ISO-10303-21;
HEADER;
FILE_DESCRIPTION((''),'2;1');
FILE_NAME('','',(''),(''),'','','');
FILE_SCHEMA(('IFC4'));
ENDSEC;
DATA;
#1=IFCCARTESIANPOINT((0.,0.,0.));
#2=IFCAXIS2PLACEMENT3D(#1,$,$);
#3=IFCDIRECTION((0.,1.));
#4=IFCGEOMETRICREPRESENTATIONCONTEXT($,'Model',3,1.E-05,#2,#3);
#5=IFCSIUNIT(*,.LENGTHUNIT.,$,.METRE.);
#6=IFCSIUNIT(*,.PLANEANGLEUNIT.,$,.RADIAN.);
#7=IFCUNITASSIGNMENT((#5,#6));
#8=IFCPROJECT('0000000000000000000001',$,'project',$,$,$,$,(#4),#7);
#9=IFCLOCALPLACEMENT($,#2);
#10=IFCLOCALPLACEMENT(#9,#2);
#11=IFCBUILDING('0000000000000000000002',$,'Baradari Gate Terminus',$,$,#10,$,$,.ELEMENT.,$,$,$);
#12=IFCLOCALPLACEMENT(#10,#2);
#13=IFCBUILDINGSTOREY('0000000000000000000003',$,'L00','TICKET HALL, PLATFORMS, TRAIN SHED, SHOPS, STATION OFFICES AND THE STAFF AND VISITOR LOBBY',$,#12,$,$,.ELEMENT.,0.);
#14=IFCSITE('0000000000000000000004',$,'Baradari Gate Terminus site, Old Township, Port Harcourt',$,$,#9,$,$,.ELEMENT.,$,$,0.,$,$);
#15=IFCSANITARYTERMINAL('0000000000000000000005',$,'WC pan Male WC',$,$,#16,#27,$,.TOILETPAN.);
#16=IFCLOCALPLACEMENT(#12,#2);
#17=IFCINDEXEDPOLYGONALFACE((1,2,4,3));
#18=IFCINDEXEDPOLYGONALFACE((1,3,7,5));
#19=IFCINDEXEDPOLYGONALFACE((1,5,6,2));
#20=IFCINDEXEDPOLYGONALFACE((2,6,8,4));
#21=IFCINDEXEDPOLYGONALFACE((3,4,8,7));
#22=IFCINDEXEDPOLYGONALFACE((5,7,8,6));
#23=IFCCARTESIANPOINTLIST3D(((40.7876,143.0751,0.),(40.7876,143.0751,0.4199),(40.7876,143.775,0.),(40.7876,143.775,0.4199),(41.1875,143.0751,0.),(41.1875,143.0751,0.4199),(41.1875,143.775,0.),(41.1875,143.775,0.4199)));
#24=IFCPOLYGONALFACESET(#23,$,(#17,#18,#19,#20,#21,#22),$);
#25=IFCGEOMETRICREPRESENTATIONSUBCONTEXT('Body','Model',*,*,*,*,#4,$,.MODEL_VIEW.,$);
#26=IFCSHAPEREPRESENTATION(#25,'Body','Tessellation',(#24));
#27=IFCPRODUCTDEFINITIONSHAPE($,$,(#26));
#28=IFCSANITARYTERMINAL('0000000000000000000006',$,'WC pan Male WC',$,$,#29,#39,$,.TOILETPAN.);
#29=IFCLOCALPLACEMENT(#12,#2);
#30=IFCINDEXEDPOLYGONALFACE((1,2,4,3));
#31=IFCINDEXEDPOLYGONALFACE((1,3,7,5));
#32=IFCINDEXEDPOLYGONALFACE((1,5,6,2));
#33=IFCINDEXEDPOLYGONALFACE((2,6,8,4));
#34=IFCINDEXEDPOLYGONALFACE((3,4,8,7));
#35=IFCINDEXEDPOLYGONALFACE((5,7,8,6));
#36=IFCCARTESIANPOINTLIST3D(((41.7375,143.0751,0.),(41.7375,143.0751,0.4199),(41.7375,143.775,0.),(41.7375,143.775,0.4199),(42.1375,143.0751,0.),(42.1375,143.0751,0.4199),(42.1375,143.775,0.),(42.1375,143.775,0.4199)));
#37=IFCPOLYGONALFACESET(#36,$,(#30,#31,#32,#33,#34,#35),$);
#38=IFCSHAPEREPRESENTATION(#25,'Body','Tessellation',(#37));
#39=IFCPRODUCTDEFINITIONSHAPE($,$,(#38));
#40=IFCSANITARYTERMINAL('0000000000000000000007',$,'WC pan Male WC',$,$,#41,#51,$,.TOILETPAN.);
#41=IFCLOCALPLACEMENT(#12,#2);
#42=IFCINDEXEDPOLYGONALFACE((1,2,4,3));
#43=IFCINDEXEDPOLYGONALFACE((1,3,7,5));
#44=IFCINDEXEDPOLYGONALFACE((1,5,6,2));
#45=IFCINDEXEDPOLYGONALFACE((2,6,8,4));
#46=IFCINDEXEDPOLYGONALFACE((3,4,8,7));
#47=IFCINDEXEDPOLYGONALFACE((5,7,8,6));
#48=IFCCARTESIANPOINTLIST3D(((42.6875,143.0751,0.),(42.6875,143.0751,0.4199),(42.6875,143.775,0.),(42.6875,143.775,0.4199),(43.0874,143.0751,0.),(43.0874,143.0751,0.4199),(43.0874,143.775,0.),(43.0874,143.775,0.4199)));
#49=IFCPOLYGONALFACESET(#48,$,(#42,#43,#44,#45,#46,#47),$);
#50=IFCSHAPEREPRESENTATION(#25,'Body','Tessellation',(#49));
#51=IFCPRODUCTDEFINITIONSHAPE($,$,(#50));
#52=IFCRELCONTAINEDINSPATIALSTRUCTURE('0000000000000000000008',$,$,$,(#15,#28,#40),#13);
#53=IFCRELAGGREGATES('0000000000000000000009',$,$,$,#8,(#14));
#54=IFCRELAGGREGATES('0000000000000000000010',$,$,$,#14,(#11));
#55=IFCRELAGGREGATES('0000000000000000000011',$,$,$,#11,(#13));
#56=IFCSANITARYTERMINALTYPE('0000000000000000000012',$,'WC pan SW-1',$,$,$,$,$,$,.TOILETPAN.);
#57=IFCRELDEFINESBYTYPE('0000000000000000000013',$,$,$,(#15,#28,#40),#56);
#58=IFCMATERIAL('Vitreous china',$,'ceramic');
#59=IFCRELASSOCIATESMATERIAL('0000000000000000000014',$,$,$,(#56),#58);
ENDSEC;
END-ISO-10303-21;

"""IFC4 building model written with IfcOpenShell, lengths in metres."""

from ifc_helpers import new_model, si_unit, direction, frame, origin, origin_2d, place, context, subcontext, project, spatial, rectangle, extrude, material, type_object, element, save


model = new_model("IFC4")

# Units and contexts
model_context = context("Model", 3, precision=1e-05, world=origin(), true_north=direction((0.0, 1.0)))
body_context = subcontext(model_context, "Body", "Model", "MODEL_VIEW")
ifc_project = project(units=[si_unit("LENGTHUNIT", "METRE"), si_unit("PLANEANGLEUNIT", "RADIAN")], contexts=[model_context])

# Site, building, storey
site_placement = place(None, origin())
site = spatial("IfcSite", under=ifc_project, at=site_placement, Name="Baradari Gate Terminus site, Old Township, Port Harcourt", CompositionType="ELEMENT", RefElevation=0.0)
building_placement = place(site_placement, origin())
building = spatial("IfcBuilding", under=site, at=building_placement, Name="Baradari Gate Terminus", CompositionType="ELEMENT")
storey_placement = place(building_placement, origin())
storey = spatial("IfcBuildingStorey", under=building, at=storey_placement, Name="L00", Description="TICKET HALL, PLATFORMS, TRAIN SHED, SHOPS, STATION OFFICES AND THE STAFF AND VISITOR LOBBY", CompositionType="ELEMENT", Elevation=0.0)

# Sanitary terminals
ifc_material_1 = material(Name="Vitreous china", Category="ceramic")
sanitary_terminal_type_1 = type_object("IfcSanitaryTerminalType", Name="WC pan SW-1", PredefinedType="TOILETPAN", material=ifc_material_1)
for number, where, z_axis, x_axis, name in (
    (1, (40.9875, 143.425, 0.0), (0.0, 0.0, 1.0), (1.0, 0.0, 0.0), "WC pan Male WC"),
    (2, (41.9375, 143.425, 0.0), (0.0, 0.0, 1.0), (1.0, 0.0, 0.0), "WC pan Male WC"),
    (3, (42.8875, 143.425, 0.0), (0.0, 0.0, 1.0), (1.0, 0.0, 0.0), "WC pan Male WC"),
):
    element("IfcSanitaryTerminal", number, at=place(storey_placement, frame(where, z_axis=z_axis, x_axis=x_axis)), inside=storey, type_object=sanitary_terminal_type_1, Name=name, PredefinedType="TOILETPAN", context=body_context, shape_type="SweptSolid", body=[
        extrude(rectangle(XDim=0.3999, YDim=0.7, at=origin_2d()), origin(), (0.0, 0.0, 1.0), 0.4199),
    ])

save(model, "model.ifc")
